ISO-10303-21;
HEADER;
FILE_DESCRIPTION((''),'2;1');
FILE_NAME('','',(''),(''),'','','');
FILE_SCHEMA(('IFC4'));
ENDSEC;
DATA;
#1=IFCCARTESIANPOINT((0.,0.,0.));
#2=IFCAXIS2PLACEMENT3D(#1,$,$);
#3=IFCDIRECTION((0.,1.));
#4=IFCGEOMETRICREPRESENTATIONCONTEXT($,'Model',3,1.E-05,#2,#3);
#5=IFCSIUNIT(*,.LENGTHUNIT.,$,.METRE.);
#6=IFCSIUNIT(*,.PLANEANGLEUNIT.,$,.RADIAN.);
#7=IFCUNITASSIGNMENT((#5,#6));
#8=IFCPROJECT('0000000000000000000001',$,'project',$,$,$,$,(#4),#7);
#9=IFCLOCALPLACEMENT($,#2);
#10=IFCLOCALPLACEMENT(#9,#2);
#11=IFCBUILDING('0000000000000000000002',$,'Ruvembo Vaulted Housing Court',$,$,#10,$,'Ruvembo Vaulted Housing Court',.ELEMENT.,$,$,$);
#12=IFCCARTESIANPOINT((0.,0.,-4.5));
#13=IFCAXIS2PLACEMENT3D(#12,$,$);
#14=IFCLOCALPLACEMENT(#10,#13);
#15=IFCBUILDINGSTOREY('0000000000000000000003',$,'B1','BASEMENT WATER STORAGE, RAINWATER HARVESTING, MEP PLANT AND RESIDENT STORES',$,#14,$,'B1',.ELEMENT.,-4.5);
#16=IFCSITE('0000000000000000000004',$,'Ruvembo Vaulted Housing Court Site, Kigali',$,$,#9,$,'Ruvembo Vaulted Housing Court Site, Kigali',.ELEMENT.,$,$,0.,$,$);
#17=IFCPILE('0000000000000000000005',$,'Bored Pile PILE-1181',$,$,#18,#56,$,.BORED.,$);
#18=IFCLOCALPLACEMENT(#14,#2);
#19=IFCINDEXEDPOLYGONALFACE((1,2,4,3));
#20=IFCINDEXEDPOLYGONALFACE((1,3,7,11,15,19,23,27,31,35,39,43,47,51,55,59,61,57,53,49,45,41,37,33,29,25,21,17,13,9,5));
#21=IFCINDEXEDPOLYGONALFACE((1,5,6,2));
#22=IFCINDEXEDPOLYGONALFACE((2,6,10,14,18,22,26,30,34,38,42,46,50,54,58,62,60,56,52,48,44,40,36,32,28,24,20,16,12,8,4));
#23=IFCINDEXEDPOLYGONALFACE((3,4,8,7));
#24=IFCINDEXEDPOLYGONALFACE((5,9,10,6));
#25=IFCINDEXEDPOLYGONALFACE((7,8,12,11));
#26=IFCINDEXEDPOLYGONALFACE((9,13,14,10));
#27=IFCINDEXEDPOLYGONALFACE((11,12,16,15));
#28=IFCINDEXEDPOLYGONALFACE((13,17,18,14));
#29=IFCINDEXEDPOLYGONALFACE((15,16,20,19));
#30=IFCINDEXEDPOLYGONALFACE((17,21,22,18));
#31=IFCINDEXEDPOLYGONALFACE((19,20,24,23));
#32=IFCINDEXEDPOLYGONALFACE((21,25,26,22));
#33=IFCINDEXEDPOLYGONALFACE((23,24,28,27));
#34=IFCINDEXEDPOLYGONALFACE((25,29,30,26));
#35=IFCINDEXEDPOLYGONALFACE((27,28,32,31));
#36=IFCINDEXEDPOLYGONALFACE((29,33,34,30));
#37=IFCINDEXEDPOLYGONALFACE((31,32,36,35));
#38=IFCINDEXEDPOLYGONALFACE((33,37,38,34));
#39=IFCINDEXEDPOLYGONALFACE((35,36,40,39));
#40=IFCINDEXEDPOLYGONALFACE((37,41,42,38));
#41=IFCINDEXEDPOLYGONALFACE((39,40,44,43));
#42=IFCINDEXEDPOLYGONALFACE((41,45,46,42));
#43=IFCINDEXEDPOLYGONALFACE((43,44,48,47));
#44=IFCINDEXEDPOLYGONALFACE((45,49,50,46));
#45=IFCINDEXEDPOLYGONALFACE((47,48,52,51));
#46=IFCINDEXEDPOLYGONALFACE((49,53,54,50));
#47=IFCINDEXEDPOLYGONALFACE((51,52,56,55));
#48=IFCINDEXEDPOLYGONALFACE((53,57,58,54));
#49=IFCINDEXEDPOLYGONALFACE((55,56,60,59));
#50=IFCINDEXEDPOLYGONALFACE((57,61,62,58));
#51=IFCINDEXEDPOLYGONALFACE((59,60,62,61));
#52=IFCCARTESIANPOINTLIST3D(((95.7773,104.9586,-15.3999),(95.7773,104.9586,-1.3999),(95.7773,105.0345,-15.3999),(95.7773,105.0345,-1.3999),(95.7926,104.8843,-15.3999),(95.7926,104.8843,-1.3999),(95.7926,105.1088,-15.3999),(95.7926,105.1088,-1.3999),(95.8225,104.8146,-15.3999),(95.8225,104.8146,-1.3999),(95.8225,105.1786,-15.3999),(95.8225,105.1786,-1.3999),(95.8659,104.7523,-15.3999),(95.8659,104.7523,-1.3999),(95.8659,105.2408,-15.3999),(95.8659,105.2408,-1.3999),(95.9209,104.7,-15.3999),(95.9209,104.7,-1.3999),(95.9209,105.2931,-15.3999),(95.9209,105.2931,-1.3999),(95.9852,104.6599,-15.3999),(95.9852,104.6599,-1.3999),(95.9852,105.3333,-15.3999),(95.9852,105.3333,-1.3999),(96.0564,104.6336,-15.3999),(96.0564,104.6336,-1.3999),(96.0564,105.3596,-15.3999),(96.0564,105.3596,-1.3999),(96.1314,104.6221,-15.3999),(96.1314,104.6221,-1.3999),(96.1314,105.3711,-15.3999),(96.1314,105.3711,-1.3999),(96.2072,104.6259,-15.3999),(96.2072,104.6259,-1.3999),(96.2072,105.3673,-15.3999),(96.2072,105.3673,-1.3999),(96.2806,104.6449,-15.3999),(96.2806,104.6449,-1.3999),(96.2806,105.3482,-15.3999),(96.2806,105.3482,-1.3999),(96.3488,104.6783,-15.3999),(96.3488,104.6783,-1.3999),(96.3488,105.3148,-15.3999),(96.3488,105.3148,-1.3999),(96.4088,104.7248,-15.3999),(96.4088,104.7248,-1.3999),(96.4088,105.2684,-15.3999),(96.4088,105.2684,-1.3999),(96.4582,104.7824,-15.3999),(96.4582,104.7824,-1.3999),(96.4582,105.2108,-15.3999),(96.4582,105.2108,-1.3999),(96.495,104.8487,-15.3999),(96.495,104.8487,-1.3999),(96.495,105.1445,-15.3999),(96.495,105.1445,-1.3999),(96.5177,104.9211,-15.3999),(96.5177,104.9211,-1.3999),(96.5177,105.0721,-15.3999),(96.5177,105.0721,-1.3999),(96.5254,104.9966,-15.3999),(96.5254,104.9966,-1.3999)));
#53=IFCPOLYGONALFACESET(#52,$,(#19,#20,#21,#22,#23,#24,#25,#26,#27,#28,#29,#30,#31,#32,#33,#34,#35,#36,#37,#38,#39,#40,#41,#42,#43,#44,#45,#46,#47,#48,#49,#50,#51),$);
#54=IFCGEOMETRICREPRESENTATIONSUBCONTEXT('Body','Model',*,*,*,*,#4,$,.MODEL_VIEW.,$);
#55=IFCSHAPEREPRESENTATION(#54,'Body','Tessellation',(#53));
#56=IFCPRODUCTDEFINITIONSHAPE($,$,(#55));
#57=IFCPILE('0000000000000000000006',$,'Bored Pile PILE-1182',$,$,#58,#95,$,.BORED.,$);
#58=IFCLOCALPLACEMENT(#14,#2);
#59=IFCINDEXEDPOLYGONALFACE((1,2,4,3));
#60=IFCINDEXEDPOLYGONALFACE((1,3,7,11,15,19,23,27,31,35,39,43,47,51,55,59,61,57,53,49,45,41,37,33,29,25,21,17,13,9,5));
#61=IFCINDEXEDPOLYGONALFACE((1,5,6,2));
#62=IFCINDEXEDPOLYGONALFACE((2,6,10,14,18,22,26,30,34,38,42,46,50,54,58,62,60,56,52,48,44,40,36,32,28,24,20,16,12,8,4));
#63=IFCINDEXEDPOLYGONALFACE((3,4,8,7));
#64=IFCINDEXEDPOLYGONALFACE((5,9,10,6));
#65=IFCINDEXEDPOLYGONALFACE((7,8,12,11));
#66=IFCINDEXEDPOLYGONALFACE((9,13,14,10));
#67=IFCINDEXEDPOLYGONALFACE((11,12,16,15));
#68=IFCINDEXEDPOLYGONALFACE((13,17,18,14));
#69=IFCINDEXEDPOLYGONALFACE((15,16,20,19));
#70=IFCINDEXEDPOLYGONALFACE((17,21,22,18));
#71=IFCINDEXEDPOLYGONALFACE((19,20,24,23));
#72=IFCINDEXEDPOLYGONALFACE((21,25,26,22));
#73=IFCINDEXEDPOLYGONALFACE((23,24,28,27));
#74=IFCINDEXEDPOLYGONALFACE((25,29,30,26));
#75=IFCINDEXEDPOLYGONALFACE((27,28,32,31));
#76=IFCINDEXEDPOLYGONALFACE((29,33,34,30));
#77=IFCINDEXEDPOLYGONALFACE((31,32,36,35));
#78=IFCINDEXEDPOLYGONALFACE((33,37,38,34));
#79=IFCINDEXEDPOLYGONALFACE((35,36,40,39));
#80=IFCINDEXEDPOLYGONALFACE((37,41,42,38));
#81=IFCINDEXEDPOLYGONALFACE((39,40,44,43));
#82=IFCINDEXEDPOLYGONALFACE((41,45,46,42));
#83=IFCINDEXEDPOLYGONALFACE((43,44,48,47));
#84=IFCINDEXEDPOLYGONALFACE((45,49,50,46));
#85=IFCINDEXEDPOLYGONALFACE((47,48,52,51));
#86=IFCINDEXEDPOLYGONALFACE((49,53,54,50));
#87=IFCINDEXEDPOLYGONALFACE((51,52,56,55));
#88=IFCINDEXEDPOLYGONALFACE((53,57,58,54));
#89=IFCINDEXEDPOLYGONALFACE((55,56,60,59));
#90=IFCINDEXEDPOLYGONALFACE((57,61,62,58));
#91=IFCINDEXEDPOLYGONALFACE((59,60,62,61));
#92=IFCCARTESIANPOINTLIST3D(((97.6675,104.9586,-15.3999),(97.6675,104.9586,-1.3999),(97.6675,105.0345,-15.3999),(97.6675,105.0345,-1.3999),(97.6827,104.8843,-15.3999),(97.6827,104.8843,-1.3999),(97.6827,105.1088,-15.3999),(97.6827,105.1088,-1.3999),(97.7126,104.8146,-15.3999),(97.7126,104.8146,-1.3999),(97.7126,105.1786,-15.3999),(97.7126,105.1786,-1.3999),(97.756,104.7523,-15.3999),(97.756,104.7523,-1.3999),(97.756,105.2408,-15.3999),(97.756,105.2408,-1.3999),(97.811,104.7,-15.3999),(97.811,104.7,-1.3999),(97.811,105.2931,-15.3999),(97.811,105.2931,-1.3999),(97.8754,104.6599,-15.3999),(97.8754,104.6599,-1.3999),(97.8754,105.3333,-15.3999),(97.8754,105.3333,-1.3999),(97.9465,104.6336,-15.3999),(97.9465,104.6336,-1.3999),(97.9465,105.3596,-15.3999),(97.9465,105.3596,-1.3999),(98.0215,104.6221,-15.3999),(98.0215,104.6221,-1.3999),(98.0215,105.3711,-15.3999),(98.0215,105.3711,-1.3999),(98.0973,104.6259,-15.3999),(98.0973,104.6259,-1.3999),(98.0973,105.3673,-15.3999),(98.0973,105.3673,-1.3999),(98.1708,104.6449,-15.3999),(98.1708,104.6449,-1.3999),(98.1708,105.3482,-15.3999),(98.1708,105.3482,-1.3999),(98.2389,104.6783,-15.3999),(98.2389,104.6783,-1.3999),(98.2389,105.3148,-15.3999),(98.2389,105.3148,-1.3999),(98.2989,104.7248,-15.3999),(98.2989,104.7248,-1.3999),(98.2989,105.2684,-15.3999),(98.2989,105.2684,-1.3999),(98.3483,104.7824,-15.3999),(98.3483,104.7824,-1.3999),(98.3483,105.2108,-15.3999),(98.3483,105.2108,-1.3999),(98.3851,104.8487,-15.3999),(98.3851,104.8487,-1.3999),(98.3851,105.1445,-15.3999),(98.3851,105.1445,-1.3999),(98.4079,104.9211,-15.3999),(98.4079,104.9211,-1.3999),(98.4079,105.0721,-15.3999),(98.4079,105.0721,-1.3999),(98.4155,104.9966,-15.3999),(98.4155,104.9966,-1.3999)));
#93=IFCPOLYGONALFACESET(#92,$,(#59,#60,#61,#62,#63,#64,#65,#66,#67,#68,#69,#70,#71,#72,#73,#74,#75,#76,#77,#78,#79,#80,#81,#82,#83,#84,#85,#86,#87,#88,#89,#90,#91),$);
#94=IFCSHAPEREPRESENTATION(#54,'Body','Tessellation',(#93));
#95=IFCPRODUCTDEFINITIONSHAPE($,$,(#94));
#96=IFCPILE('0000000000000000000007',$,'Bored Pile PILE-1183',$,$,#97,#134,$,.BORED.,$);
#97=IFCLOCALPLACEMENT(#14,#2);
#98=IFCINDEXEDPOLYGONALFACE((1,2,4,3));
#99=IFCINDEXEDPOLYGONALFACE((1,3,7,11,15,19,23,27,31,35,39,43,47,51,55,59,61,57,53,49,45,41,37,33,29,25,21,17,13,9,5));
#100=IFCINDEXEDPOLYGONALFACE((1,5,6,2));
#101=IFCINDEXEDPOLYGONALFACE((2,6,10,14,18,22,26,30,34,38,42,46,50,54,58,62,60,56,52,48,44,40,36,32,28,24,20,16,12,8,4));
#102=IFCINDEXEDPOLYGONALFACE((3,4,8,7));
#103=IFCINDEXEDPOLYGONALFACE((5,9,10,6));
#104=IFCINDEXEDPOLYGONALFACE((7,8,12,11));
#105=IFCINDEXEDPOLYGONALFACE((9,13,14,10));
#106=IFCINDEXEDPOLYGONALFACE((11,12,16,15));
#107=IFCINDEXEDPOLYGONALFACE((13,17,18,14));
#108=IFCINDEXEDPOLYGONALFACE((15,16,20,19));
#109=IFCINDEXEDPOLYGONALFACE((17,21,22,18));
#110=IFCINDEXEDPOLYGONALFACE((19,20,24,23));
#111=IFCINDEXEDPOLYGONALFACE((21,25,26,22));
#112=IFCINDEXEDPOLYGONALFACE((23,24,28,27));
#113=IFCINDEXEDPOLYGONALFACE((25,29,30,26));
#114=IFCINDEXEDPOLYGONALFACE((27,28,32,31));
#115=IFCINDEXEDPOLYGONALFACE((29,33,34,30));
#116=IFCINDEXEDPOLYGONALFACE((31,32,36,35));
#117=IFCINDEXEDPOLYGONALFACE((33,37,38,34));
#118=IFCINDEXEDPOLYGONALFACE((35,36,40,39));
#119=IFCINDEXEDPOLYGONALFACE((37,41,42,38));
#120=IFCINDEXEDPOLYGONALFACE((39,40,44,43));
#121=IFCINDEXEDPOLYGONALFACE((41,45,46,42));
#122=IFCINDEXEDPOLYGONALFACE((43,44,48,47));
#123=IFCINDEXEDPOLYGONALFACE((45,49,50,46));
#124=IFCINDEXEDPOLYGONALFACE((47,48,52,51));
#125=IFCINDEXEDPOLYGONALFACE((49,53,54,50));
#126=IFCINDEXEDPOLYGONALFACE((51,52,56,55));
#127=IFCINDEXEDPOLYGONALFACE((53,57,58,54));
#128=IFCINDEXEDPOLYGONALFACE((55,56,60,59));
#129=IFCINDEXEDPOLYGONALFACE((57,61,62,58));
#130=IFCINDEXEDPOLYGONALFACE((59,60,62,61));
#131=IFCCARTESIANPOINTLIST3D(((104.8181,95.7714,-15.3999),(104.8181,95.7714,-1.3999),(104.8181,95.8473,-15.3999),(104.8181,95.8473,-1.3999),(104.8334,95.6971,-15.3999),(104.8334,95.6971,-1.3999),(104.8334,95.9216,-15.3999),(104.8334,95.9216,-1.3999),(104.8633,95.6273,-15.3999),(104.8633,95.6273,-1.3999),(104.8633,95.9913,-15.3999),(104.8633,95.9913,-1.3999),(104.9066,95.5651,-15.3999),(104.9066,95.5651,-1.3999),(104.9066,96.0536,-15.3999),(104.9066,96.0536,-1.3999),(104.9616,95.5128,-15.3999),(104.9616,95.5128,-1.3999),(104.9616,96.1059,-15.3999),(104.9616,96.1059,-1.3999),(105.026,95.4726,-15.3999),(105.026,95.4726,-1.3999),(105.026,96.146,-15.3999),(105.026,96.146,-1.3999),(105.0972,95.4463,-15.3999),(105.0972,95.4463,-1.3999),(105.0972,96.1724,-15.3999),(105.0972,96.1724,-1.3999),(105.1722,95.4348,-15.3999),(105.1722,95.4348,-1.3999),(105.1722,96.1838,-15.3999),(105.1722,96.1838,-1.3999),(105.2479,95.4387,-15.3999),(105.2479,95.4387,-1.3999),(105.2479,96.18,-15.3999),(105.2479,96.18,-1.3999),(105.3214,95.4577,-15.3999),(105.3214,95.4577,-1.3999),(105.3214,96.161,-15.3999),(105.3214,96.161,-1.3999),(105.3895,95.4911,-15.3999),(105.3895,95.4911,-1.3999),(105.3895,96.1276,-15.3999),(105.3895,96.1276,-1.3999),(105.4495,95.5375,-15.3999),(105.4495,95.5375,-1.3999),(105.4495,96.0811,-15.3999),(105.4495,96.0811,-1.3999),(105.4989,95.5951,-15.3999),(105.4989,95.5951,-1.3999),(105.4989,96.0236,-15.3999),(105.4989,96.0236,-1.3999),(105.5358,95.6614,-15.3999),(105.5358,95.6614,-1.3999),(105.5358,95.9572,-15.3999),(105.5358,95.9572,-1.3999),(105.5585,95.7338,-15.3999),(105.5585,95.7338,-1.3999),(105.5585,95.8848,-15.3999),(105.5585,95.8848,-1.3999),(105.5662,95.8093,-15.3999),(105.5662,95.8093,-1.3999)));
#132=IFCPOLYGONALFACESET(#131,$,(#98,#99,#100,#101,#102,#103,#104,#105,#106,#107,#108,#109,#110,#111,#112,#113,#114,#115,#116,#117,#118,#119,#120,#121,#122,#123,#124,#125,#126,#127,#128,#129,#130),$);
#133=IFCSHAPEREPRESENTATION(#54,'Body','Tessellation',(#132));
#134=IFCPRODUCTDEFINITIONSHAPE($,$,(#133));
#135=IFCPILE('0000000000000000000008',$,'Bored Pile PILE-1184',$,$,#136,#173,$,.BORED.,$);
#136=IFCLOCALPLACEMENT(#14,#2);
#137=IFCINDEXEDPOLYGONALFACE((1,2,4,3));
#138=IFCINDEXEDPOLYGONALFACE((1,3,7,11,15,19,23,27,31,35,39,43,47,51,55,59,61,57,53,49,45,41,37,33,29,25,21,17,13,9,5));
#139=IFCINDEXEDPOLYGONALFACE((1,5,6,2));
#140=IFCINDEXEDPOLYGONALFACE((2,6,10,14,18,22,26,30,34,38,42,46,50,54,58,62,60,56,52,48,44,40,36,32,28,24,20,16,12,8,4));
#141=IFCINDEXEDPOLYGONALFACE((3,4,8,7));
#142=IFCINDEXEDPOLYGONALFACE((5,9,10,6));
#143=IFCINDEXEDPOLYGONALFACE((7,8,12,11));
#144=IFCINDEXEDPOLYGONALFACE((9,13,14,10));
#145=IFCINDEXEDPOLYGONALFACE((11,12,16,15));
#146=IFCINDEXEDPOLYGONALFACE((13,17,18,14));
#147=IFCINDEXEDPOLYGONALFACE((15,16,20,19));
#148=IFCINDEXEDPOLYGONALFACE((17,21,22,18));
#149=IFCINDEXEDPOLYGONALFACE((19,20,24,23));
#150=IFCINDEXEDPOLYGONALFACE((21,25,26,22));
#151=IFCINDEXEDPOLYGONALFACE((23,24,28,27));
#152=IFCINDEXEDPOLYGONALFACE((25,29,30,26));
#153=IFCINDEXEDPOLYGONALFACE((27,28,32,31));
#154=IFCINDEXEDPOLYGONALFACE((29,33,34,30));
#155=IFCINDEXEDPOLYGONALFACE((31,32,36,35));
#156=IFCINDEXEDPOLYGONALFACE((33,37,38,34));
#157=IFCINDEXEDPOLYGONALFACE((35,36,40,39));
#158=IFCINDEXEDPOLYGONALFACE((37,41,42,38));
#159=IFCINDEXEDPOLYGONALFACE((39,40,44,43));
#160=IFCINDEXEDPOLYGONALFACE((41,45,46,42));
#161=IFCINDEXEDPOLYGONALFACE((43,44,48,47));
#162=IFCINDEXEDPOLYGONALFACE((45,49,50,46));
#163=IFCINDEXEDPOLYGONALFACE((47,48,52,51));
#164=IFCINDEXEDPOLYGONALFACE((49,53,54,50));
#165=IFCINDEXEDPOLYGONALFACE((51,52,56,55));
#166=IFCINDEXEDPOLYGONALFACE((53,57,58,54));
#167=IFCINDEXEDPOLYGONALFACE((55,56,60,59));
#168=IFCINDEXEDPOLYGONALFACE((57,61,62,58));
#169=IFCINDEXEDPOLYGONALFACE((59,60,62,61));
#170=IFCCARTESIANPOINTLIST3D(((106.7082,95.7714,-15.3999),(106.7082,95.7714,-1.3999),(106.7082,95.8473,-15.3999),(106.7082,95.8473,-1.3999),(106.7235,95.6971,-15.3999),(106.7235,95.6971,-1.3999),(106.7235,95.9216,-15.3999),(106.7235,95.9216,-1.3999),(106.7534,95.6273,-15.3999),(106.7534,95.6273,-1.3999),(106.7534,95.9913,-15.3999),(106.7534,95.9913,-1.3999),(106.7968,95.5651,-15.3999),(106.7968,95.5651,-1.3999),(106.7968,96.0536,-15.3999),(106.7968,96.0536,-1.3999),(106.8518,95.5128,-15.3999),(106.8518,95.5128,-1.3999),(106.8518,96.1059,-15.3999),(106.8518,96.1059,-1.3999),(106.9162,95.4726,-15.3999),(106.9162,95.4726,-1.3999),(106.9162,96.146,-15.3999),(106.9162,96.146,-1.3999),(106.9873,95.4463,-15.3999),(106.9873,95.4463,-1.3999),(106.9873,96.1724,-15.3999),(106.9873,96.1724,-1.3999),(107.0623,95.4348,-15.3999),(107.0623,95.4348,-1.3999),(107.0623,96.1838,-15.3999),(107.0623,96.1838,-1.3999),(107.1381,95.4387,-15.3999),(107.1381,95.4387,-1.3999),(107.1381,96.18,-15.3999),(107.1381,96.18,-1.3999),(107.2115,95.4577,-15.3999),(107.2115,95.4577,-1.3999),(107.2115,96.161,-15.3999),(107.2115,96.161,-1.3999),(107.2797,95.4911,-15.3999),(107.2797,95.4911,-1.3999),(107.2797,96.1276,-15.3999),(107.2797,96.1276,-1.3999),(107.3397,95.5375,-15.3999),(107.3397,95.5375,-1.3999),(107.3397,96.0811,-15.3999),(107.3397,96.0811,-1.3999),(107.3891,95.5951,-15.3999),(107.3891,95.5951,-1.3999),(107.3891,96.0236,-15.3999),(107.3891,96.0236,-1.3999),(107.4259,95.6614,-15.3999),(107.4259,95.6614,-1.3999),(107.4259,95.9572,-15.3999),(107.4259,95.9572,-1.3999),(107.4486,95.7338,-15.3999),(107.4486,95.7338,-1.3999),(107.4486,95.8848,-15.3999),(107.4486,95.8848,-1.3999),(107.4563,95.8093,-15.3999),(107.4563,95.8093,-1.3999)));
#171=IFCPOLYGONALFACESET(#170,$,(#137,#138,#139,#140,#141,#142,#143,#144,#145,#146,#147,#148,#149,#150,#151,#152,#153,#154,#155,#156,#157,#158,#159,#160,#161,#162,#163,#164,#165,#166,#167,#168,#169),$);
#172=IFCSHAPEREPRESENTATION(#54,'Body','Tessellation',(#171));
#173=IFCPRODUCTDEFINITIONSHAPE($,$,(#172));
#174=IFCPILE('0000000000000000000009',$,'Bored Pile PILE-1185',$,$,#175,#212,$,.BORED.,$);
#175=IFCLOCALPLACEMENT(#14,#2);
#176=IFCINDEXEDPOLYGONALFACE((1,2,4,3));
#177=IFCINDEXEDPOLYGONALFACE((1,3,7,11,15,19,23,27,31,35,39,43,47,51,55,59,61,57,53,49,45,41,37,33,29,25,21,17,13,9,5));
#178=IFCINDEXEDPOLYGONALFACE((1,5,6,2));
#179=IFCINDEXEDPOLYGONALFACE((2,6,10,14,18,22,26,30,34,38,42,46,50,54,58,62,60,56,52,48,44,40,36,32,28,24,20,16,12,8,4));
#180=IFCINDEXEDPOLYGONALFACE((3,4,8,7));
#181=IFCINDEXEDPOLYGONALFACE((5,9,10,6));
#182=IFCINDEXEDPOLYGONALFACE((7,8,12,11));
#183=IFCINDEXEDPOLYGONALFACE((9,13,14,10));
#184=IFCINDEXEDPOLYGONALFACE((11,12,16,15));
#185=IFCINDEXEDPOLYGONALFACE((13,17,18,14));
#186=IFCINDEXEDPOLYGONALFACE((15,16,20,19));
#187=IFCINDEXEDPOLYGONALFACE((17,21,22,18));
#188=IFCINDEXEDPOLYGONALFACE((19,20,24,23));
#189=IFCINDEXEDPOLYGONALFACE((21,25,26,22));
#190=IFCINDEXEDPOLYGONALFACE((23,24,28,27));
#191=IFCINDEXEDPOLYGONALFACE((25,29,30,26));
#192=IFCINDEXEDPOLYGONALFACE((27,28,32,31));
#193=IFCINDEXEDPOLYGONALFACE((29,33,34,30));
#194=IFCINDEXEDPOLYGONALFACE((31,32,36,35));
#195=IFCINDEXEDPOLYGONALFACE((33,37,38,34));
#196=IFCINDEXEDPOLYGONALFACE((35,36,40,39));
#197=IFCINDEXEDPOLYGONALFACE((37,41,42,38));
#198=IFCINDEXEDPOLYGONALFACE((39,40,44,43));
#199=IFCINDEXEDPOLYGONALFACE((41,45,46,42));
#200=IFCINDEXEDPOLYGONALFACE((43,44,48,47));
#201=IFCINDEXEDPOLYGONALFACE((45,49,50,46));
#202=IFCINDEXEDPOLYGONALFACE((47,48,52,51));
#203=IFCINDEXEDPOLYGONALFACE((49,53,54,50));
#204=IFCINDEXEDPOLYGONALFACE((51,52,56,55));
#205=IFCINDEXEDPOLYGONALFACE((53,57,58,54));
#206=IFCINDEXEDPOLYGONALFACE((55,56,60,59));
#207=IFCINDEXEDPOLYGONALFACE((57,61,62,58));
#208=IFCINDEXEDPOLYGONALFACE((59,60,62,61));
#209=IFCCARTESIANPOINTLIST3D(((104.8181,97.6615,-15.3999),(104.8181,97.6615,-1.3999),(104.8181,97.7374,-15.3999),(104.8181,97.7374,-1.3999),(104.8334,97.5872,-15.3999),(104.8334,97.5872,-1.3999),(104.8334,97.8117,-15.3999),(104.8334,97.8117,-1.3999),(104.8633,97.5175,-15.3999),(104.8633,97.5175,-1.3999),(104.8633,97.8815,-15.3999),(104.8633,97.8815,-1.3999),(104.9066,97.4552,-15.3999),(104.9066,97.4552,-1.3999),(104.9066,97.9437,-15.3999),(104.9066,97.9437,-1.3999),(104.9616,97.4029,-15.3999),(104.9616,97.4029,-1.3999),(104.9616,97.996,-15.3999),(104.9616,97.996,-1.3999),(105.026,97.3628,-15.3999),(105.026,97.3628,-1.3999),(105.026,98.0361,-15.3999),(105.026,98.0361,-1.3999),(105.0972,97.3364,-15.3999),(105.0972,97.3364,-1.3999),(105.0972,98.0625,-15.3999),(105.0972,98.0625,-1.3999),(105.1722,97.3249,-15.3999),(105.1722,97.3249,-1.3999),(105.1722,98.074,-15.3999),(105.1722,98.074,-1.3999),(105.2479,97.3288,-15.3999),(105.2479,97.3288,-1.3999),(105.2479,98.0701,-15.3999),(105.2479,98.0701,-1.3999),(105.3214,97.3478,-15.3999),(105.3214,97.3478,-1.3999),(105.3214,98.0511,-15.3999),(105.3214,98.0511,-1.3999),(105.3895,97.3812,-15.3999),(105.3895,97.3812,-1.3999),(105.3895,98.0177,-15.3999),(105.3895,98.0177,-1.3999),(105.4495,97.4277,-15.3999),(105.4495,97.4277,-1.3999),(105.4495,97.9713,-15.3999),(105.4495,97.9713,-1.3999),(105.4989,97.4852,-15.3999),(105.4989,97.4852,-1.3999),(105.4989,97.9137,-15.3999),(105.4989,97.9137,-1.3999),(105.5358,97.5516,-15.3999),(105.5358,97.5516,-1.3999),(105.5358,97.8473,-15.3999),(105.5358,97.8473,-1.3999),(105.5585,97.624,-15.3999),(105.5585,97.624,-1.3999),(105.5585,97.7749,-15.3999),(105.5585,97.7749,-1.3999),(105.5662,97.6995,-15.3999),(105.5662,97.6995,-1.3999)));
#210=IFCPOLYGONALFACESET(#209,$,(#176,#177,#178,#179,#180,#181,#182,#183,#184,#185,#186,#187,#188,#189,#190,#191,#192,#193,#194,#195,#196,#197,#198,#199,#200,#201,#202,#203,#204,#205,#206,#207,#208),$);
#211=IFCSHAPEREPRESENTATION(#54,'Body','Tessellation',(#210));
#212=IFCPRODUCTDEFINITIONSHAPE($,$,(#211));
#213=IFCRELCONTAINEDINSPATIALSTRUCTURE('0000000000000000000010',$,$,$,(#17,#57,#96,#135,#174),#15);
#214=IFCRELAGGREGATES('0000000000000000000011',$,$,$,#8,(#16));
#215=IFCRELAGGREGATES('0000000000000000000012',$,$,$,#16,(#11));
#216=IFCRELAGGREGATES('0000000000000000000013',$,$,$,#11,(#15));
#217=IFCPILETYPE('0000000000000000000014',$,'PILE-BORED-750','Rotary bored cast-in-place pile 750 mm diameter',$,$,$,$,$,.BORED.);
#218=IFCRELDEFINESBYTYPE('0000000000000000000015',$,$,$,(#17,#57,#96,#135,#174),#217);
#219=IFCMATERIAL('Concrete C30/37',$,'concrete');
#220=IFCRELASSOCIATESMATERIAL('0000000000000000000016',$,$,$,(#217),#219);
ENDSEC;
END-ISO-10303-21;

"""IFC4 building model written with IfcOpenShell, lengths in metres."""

from ifc_helpers import new_model, si_unit, direction, frame, origin, origin_2d, place, context, subcontext, project, spatial, circle, extrude, material, material_profile, profile_set, type_object, element, save


model = new_model("IFC4")

# Units and contexts
model_context = context("Model", 3, precision=1e-05, world=origin(), true_north=direction((0.0, 1.0)))
body_context = subcontext(model_context, "Body", "Model", "MODEL_VIEW")
ifc_project = project(units=[si_unit("LENGTHUNIT", "METRE"), si_unit("PLANEANGLEUNIT", "RADIAN")], contexts=[model_context])

# Site, building, storey
site_placement = place(None, origin())
site = spatial("IfcSite", under=ifc_project, at=site_placement, Name="Ruvembo Vaulted Housing Court Site, Kigali", LongName="Ruvembo Vaulted Housing Court Site, Kigali", CompositionType="ELEMENT", RefElevation=0.0)
building_placement = place(site_placement, origin())
building = spatial("IfcBuilding", under=site, at=building_placement, Name="Ruvembo Vaulted Housing Court", LongName="Ruvembo Vaulted Housing Court", CompositionType="ELEMENT")
storey_placement = place(building_placement, frame((0.0, 0.0, -4.5)))
storey = spatial("IfcBuildingStorey", under=building, at=storey_placement, Name="B1", Description="BASEMENT WATER STORAGE, RAINWATER HARVESTING, MEP PLANT AND RESIDENT STORES", LongName="B1", CompositionType="ELEMENT", Elevation=-4.5)

# Piles
ifc_material_1 = material(Name="Concrete C30/37", Category="concrete")
ifc_material_profile_1 = material_profile(ifc_material_1, circle(Radius=0.375, at=origin_2d()), Name="PILE D750")
ifc_profile_set_1 = profile_set([ifc_material_profile_1], Name="Concrete C30/37")
pile_type = type_object("IfcPileType", Name="PILE-BORED-750", Description="Rotary bored cast-in-place pile 750 mm diameter", PredefinedType="BORED", material=ifc_profile_set_1)
for number, where, z_axis, x_axis, name in (
    (1, (96.1504, 104.9966, -1.3999), (0.0, 0.0, -1.0), (1.0, 0.0, 0.0), "Bored Pile PILE-1181"),
    (2, (98.0405, 104.9966, -1.3999), (0.0, 0.0, -1.0), (1.0, 0.0, 0.0), "Bored Pile PILE-1182"),
    (3, (105.1912, 95.8093, -1.3999), (0.0, 0.0, -1.0), (1.0, 0.0, 0.0), "Bored Pile PILE-1183"),
    (4, (107.0813, 95.8093, -1.3999), (0.0, 0.0, -1.0), (1.0, 0.0, 0.0), "Bored Pile PILE-1184"),
    (5, (105.1912, 97.6995, -1.3999), (0.0, 0.0, -1.0), (1.0, 0.0, 0.0), "Bored Pile PILE-1185"),
):
    element("IfcPile", number, at=place(storey_placement, frame(where, z_axis=z_axis, x_axis=x_axis)), inside=storey, type_object=pile_type, Name=name, PredefinedType="BORED", context=body_context, shape_type="SweptSolid", body=[
        extrude(circle(Radius=0.375, at=origin_2d()), origin(), (0.0, 0.0, 1.0), 14.0),
    ])

save(model, "model.ifc")
